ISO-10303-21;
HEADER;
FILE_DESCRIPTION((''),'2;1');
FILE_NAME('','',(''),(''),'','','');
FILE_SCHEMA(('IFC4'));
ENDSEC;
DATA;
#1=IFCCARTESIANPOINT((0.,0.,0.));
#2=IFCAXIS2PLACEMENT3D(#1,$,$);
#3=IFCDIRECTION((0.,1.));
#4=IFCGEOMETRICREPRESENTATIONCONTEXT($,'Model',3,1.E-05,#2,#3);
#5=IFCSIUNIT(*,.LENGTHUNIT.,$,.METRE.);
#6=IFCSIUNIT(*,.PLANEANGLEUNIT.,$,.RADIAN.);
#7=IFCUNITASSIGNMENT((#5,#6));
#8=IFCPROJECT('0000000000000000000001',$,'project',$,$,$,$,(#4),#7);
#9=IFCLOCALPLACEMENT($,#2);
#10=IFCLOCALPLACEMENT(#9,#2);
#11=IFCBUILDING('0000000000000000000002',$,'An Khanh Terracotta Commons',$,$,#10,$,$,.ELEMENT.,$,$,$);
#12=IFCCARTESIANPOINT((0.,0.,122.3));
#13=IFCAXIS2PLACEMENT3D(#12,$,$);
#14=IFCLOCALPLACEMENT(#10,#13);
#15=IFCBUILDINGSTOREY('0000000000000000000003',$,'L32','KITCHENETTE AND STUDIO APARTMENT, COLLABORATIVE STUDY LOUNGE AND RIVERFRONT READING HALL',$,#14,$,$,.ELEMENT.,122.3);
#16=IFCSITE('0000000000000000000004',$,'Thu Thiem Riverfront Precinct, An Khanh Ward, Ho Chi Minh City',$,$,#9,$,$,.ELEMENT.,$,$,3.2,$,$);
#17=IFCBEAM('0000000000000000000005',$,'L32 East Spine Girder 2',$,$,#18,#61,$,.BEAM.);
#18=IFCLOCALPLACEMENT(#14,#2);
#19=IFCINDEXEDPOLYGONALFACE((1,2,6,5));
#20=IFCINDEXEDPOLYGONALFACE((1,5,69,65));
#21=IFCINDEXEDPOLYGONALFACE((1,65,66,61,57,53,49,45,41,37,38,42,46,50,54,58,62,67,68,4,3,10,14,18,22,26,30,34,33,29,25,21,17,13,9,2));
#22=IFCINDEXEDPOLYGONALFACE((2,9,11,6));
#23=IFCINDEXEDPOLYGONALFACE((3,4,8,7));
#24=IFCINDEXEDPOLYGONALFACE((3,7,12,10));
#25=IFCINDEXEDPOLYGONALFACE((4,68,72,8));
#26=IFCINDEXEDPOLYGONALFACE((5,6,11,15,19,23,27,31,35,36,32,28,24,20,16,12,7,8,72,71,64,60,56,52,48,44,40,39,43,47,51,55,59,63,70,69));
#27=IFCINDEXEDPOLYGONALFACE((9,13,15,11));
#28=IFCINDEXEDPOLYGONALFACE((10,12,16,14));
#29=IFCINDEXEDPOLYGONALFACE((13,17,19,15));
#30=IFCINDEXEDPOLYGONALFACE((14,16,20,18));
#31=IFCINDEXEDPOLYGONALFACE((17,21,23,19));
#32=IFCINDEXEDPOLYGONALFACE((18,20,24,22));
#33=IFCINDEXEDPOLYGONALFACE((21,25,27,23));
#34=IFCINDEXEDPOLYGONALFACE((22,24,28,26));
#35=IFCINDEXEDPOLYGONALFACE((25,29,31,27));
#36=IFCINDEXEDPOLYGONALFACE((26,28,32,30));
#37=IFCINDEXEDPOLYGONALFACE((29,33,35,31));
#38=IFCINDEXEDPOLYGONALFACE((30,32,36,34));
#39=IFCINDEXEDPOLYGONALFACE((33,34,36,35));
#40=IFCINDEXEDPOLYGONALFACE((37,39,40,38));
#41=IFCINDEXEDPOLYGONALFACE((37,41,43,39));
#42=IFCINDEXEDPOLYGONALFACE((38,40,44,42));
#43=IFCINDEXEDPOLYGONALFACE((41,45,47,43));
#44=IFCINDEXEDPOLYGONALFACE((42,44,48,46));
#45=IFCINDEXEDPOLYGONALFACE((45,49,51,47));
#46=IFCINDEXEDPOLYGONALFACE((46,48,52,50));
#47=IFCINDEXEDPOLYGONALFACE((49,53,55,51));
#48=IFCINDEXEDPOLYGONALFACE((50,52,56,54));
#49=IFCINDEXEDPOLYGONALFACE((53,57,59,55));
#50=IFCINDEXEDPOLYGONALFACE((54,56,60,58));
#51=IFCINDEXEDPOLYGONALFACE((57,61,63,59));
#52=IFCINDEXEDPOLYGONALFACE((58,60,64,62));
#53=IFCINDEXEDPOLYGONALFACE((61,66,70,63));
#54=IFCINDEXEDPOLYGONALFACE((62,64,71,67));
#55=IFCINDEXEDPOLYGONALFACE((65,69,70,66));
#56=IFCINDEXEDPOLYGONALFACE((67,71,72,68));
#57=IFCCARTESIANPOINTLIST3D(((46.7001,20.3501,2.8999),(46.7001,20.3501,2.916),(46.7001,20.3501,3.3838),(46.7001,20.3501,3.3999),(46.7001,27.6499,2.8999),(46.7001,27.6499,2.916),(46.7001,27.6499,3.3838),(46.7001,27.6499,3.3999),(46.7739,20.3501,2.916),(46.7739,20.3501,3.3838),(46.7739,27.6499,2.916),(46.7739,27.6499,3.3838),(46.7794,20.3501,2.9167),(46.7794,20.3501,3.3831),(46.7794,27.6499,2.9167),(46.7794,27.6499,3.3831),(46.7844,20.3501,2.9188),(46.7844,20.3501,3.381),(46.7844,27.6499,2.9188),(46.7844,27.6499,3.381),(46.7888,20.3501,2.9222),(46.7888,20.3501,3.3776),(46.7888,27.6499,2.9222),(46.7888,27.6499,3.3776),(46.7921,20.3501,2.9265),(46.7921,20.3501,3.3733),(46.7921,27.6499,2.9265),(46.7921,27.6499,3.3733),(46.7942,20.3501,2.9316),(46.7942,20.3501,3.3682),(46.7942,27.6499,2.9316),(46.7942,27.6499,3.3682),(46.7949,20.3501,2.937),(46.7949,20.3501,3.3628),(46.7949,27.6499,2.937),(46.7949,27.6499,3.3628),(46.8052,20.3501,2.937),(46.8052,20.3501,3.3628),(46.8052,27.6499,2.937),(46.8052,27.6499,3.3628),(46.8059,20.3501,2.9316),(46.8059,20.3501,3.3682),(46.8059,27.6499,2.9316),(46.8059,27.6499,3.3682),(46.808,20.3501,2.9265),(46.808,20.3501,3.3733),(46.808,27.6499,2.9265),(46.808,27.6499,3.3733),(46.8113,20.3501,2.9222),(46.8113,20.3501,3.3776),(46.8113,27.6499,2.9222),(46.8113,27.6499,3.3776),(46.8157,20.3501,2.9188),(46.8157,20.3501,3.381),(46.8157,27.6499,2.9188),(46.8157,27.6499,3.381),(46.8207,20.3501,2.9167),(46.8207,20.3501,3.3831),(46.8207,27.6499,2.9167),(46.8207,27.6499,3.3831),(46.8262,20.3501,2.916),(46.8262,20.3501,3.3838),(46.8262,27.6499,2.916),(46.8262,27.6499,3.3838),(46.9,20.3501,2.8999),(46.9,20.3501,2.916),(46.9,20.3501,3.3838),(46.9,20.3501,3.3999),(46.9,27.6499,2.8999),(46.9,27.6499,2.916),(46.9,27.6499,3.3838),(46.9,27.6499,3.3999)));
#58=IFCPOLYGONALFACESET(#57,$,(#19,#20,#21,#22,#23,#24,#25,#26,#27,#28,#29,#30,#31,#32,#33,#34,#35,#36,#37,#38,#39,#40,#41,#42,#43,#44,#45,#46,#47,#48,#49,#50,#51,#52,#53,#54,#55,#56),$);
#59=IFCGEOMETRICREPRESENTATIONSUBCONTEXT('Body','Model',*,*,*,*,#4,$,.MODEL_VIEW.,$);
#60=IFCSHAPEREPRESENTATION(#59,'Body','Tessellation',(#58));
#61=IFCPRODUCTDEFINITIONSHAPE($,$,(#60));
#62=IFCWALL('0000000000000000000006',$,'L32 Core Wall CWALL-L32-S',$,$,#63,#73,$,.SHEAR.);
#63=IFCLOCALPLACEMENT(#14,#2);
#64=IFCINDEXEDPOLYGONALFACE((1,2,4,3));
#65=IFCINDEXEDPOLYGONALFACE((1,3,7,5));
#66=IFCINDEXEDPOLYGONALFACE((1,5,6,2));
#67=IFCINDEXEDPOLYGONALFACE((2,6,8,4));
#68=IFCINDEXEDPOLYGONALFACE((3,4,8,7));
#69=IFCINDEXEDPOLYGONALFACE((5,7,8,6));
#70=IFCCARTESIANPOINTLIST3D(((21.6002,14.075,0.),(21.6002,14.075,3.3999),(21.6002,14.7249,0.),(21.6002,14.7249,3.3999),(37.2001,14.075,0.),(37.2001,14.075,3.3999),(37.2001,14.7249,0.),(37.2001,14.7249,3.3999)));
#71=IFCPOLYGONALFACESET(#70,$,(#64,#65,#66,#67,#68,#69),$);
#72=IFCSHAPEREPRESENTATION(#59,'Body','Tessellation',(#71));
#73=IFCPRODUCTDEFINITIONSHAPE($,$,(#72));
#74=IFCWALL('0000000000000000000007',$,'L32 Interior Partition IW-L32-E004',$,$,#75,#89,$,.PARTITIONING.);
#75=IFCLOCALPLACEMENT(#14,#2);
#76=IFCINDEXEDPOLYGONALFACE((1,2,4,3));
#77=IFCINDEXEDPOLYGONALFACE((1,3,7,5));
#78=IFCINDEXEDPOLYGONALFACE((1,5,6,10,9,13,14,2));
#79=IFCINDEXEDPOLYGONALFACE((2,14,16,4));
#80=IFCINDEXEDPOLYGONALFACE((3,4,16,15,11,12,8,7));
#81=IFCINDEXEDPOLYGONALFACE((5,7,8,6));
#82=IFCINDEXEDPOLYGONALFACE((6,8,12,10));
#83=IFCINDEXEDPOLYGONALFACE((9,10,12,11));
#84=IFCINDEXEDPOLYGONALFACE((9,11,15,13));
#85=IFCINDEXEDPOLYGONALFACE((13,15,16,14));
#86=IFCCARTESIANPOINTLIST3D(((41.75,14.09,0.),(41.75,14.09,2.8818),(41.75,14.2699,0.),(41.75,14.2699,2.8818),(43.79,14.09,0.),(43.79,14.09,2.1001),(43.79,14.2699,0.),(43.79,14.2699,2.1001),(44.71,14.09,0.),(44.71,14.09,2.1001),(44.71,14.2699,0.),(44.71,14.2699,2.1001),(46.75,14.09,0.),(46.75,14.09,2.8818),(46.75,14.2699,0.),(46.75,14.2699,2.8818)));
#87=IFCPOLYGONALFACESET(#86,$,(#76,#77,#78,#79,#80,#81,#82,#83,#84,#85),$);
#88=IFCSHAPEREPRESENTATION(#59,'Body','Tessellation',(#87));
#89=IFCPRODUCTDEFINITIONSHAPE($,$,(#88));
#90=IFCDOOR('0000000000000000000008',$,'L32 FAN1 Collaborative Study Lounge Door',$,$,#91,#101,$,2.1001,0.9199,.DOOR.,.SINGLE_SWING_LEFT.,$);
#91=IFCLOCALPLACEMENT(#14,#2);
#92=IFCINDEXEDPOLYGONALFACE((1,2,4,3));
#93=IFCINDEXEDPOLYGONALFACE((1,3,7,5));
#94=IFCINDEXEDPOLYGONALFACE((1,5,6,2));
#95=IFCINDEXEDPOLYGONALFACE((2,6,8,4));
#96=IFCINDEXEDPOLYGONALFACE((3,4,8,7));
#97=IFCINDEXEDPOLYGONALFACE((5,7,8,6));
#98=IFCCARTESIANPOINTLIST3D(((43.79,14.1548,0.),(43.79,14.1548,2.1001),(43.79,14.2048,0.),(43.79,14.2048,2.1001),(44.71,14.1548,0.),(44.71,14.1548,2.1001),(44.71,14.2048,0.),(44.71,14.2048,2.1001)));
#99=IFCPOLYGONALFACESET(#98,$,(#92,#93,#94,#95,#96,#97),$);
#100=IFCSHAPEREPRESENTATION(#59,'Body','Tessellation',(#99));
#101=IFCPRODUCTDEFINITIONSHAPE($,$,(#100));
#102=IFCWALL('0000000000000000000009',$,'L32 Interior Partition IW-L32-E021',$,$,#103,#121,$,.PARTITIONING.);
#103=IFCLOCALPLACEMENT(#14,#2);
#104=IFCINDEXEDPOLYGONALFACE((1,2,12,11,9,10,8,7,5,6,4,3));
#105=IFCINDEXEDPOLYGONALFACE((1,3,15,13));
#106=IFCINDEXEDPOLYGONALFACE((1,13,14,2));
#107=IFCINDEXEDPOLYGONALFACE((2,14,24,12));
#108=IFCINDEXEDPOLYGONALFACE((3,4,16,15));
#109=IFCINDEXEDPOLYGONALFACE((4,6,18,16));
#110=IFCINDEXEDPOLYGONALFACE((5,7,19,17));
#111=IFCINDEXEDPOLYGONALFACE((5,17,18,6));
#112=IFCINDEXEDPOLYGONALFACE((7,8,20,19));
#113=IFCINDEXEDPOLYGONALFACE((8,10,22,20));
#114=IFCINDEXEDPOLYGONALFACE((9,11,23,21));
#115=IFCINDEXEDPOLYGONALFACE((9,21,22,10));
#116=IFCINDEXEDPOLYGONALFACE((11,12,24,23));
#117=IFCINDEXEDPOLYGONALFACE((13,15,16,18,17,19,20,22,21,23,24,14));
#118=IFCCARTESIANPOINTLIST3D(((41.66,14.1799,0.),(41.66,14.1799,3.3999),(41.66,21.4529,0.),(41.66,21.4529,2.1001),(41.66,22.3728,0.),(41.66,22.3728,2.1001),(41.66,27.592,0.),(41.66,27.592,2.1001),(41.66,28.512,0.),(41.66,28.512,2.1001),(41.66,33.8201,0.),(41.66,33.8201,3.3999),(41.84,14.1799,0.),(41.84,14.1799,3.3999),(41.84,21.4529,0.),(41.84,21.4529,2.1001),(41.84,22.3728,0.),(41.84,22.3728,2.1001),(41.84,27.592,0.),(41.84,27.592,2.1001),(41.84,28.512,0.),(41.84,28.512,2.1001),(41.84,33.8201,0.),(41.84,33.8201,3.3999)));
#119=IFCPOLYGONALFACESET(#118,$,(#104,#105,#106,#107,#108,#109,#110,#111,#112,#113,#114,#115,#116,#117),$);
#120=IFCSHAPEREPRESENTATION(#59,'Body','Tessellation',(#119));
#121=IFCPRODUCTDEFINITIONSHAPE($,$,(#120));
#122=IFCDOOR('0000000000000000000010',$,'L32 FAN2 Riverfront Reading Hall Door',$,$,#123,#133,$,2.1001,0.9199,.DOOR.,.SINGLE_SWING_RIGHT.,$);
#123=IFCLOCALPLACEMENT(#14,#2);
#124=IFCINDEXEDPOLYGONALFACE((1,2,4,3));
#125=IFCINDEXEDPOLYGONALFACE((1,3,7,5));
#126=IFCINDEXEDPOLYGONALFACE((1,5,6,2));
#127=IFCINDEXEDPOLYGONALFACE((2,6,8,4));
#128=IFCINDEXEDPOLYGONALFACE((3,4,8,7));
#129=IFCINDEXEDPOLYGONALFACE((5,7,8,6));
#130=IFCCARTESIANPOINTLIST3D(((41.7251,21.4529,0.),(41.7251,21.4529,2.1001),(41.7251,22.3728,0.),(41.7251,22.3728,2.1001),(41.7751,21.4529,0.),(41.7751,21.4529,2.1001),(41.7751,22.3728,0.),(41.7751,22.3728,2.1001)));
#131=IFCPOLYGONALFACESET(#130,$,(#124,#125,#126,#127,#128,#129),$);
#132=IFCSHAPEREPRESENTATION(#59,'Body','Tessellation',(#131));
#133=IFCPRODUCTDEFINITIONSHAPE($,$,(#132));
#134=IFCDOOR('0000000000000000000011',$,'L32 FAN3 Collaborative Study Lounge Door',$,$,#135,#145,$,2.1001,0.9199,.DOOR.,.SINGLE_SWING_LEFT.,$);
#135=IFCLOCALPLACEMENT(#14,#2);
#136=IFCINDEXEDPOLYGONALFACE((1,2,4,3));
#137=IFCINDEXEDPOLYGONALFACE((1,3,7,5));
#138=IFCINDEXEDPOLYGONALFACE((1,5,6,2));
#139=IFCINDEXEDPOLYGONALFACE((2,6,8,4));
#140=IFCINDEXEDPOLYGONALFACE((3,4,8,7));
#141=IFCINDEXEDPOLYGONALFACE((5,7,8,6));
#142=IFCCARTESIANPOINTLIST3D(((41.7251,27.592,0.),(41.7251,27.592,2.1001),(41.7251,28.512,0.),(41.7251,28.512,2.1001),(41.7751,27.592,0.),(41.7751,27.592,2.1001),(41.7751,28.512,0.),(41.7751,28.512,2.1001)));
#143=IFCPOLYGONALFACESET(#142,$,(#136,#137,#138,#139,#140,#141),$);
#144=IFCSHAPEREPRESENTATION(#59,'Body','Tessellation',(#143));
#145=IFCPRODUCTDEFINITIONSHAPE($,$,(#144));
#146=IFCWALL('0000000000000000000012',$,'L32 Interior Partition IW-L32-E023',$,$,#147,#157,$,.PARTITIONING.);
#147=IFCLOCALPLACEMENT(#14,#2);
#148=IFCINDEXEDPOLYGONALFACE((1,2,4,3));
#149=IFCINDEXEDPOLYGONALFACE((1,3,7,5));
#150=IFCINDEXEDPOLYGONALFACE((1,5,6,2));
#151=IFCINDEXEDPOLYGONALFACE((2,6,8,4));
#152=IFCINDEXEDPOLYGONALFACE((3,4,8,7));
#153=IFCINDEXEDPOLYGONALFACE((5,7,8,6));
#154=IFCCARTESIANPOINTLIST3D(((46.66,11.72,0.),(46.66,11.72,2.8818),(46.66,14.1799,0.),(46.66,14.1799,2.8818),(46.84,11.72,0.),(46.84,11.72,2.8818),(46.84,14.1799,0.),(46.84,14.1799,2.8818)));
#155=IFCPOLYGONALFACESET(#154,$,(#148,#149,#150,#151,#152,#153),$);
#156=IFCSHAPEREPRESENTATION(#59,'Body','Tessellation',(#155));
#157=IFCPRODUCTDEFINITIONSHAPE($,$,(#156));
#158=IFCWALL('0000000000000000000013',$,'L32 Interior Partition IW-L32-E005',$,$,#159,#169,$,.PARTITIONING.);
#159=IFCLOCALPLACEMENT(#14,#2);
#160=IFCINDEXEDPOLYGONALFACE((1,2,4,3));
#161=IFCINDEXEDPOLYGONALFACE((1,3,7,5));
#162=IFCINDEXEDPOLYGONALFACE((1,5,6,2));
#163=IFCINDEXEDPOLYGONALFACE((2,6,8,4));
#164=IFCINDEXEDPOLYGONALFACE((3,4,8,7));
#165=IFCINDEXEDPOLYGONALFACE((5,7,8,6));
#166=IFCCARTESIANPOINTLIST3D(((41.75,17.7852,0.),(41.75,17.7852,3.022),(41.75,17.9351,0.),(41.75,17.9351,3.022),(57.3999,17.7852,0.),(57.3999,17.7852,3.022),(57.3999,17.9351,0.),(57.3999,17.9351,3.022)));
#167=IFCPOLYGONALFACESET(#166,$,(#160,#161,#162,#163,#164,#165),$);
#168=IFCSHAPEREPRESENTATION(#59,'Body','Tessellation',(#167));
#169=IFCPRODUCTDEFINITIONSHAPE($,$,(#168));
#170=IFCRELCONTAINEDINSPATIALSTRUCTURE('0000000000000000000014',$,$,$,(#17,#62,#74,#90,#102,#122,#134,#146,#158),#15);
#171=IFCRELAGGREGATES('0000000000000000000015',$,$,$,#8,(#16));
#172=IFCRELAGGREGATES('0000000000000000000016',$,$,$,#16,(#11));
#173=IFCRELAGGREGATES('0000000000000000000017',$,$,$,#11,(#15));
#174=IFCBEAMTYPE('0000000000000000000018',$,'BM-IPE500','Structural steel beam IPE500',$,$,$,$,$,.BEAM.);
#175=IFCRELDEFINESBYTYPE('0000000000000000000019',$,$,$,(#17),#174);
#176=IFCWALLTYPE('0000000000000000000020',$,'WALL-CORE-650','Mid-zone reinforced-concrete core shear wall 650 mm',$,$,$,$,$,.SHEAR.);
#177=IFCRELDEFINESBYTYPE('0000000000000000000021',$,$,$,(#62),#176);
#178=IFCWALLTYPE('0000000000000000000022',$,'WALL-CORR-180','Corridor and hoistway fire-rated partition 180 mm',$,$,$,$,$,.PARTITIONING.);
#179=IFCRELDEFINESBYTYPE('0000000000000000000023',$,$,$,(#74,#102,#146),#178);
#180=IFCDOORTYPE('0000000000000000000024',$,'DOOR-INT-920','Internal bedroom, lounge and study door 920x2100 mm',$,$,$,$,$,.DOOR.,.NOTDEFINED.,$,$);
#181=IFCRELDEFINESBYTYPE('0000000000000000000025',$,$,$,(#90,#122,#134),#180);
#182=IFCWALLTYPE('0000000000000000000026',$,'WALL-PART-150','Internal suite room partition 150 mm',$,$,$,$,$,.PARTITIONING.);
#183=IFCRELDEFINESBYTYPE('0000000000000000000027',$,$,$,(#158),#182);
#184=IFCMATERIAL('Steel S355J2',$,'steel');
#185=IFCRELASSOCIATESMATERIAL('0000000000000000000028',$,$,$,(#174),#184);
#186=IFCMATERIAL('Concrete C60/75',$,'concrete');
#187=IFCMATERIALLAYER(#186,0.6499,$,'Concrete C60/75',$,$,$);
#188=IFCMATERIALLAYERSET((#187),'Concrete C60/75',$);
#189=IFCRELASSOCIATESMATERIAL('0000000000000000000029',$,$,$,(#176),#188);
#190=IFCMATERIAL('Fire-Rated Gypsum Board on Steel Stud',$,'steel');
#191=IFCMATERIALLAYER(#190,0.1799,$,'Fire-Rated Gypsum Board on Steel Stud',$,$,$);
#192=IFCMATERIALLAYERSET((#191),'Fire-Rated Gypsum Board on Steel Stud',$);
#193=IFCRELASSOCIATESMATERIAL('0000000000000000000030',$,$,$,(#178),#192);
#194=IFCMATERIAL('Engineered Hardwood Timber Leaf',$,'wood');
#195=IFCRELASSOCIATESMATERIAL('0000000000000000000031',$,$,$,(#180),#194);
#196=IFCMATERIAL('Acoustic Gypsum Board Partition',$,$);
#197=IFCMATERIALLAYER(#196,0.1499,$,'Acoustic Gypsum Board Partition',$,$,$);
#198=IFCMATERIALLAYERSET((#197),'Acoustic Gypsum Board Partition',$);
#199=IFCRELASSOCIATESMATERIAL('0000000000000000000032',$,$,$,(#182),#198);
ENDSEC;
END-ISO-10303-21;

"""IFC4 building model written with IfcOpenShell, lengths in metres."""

from ifc_helpers import new_model, si_unit, direction, frame, frame_2d, origin, origin_2d, place, context, subcontext, project, spatial, rectangle, i_section, extrude, material, layer, layer_set, material_profile, profile_set, type_object, element, fill, save


model = new_model("IFC4")

# Units and contexts
model_context = context("Model", 3, precision=1e-05, world=origin(), true_north=direction((0.0, 1.0)))
body_context = subcontext(model_context, "Body", "Model", "MODEL_VIEW")
ifc_project = project(units=[si_unit("LENGTHUNIT", "METRE"), si_unit("PLANEANGLEUNIT", "RADIAN")], contexts=[model_context])

# Site, building, storey
site_placement = place(None, origin())
site = spatial("IfcSite", under=ifc_project, at=site_placement, Name="Thu Thiem Riverfront Precinct, An Khanh Ward, Ho Chi Minh City", CompositionType="ELEMENT", RefElevation=3.2)
building_placement = place(site_placement, origin())
building = spatial("IfcBuilding", under=site, at=building_placement, Name="An Khanh Terracotta Commons", CompositionType="ELEMENT")
storey_placement = place(building_placement, frame((0.0, 0.0, 122.3)))
storey = spatial("IfcBuildingStorey", under=building, at=storey_placement, Name="L32", Description="KITCHENETTE AND STUDIO APARTMENT, COLLABORATIVE STUDY LOUNGE AND RIVERFRONT READING HALL", CompositionType="ELEMENT", Elevation=122.3)

# Beam
ifc_material_1 = material(Name="Steel S355J2", Category="steel")
ifc_material_profile_1 = material_profile(ifc_material_1, i_section(OverallWidth=0.2, OverallDepth=0.5, WebThickness=0.0103, FlangeThickness=0.0161, FilletRadius=0.021, at=origin_2d()), Name="IPE500")
ifc_profile_set_1 = profile_set([ifc_material_profile_1], Name="Steel S355J2")
beam_type_1 = type_object("IfcBeamType", Name="BM-IPE500", Description="Structural steel beam IPE500", PredefinedType="BEAM", material=ifc_profile_set_1)
beam_1_placement = place(storey_placement, frame((46.8, 20.3501, 3.1499), z_axis=(0.0, 1.0, 0.0), x_axis=(-1.0, 0.0, 0.0)))
element("IfcBeam", 1, at=beam_1_placement, inside=storey, type_object=beam_type_1, Name="L32 East Spine Girder 2", PredefinedType="BEAM", context=body_context, shape_type="SweptSolid", body=[
    extrude(i_section(OverallWidth=0.2, OverallDepth=0.5, WebThickness=0.0103, FlangeThickness=0.0161, FilletRadius=0.021, at=origin_2d()), origin(), (0.0, 0.0, 1.0), 7.2998),
])

# Wall
ifc_material_2 = material(Name="Concrete C60/75", Category="concrete")
ifc_layer_1 = layer(ifc_material_2, 0.6499, Name="Concrete C60/75")
ifc_layer_set_1 = layer_set([ifc_layer_1], Name="Concrete C60/75")
wall_type_1 = type_object("IfcWallType", Name="WALL-CORE-650", Description="Mid-zone reinforced-concrete core shear wall 650 mm", PredefinedType="SHEAR", material=ifc_layer_set_1)
wall_1_placement = place(storey_placement, frame((37.2, 14.3999, 0.0), z_axis=(0.0, 0.0, 1.0), x_axis=(-1.0, 0.0, 0.0)))
element("IfcWall", 2, at=wall_1_placement, inside=storey, type_object=wall_type_1, Name="L32 Core Wall CWALL-L32-S", PredefinedType="SHEAR", context=body_context, shape_type="SweptSolid", body=[
    extrude(rectangle(XDim=15.5999, YDim=0.6499, at=frame_2d((7.7998, 0.0))), origin(), (0.0, 0.0, 1.0), 3.3999),
])

# Wall, opening, door
ifc_material_3 = material(Name="Fire-Rated Gypsum Board on Steel Stud", Category="steel")
ifc_layer_2 = layer(ifc_material_3, 0.1799, Name="Fire-Rated Gypsum Board on Steel Stud")
ifc_layer_set_2 = layer_set([ifc_layer_2], Name="Fire-Rated Gypsum Board on Steel Stud")
wall_type_2 = type_object("IfcWallType", Name="WALL-CORR-180", Description="Corridor and hoistway fire-rated partition 180 mm", PredefinedType="PARTITIONING", material=ifc_layer_set_2)
wall_2_placement = place(storey_placement, frame((41.75, 14.1799, 0.0), z_axis=(0.0, 0.0, 1.0), x_axis=(1.0, 0.0, 0.0)))
wall_2 = element("IfcWall", 3, at=wall_2_placement, inside=storey, type_object=wall_type_2, Name="L32 Interior Partition IW-L32-E004", PredefinedType="PARTITIONING", context=body_context, shape_type="SweptSolid", body=[
    extrude(rectangle(XDim=5.0, YDim=0.1799, at=frame_2d((2.5, 0.0))), origin(), (0.0, 0.0, 1.0), 2.8818),
])
opening_1_placement = place(wall_2_placement, frame((2.04, 0.0, 0.0)))
opening_1 = element("IfcOpeningElement", 4, at=opening_1_placement, cuts=wall_2, PredefinedType="OPENING", context=body_context, shape_type="SweptSolid", body=[
    extrude(rectangle(XDim=0.9199, YDim=2.1001, at=frame_2d((0.46, 1.05))), frame((0.0, 0.0999, 0.0), z_axis=(0.0, -1.0, 0.0), x_axis=(1.0, 0.0, 0.0)), (0.0, 0.0, 1.0), 0.2),
])
ifc_material_4 = material(Name="Engineered Hardwood Timber Leaf", Category="wood")
door_type_1 = type_object("IfcDoorType", Name="DOOR-INT-920", Description="Internal bedroom, lounge and study door 920x2100 mm", OperationType="NOTDEFINED", PredefinedType="DOOR", material=ifc_material_4)
door_1_placement = place(opening_1_placement, origin())
door_1 = element("IfcDoor", 5, at=door_1_placement, inside=storey, type_object=door_type_1, Name="L32 FAN1 Collaborative Study Lounge Door", OperationType="SINGLE_SWING_LEFT", OverallHeight=2.1001, OverallWidth=0.9199, PredefinedType="DOOR", context=body_context, shape_type="SweptSolid", body=[
    extrude(rectangle(XDim=0.9199, YDim=2.1001, at=frame_2d((0.46, 1.05))), frame((0.0, 0.0249, 0.0), z_axis=(0.0, -1.0, 0.0), x_axis=(1.0, 0.0, 0.0)), (0.0, 0.0, 1.0), 0.05),
])
fill(opening_1, door_1)

# Wall, openings, doors
wall_3_placement = place(storey_placement, frame((41.75, 14.1799, 0.0), z_axis=(0.0, 0.0, 1.0), x_axis=(0.0, 1.0, 0.0)))
wall_3 = element("IfcWall", 6, at=wall_3_placement, inside=storey, type_object=wall_type_2, Name="L32 Interior Partition IW-L32-E021", PredefinedType="PARTITIONING", context=body_context, shape_type="SweptSolid", body=[
    extrude(rectangle(XDim=19.6401, YDim=0.1799, at=frame_2d((9.8201, 0.0))), origin(), (0.0, 0.0, 1.0), 3.3999),
])
opening_2_placement = place(wall_3_placement, frame((7.2729, 0.0, 0.0)))
opening_2 = element("IfcOpeningElement", 7, at=opening_2_placement, cuts=wall_3, PredefinedType="OPENING", context=body_context, shape_type="SweptSolid", body=[
    extrude(rectangle(XDim=0.9199, YDim=2.1001, at=frame_2d((0.46, 1.05))), frame((0.0, 0.0999, 0.0), z_axis=(0.0, -1.0, 0.0), x_axis=(1.0, 0.0, 0.0)), (0.0, 0.0, 1.0), 0.2),
])
opening_3_placement = place(wall_3_placement, frame((13.4121, 0.0, 0.0)))
opening_3 = element("IfcOpeningElement", 8, at=opening_3_placement, cuts=wall_3, PredefinedType="OPENING", context=body_context, shape_type="SweptSolid", body=[
    extrude(rectangle(XDim=0.9199, YDim=2.1001, at=frame_2d((0.46, 1.05))), frame((0.0, 0.0999, 0.0), z_axis=(0.0, -1.0, 0.0), x_axis=(1.0, 0.0, 0.0)), (0.0, 0.0, 1.0), 0.2),
])
door_2_placement = place(opening_2_placement, origin())
door_2 = element("IfcDoor", 9, at=door_2_placement, inside=storey, type_object=door_type_1, Name="L32 FAN2 Riverfront Reading Hall Door", OperationType="SINGLE_SWING_RIGHT", OverallHeight=2.1001, OverallWidth=0.9199, PredefinedType="DOOR", context=body_context, shape_type="SweptSolid", body=[
    extrude(rectangle(XDim=0.9199, YDim=2.1001, at=frame_2d((0.46, 1.05))), frame((0.0, 0.0249, 0.0), z_axis=(0.0, -1.0, 0.0), x_axis=(1.0, 0.0, 0.0)), (0.0, 0.0, 1.0), 0.05),
])
fill(opening_2, door_2)
door_3_placement = place(opening_3_placement, origin())
door_3 = element("IfcDoor", 10, at=door_3_placement, inside=storey, type_object=door_type_1, Name="L32 FAN3 Collaborative Study Lounge Door", OperationType="SINGLE_SWING_LEFT", OverallHeight=2.1001, OverallWidth=0.9199, PredefinedType="DOOR", context=body_context, shape_type="SweptSolid", body=[
    extrude(rectangle(XDim=0.9199, YDim=2.1001, at=frame_2d((0.46, 1.05))), frame((0.0, 0.0249, 0.0), z_axis=(0.0, -1.0, 0.0), x_axis=(1.0, 0.0, 0.0)), (0.0, 0.0, 1.0), 0.05),
])
fill(opening_3, door_3)

# Walls
wall_4_placement = place(storey_placement, frame((46.75, 11.72, 0.0), z_axis=(0.0, 0.0, 1.0), x_axis=(0.0, 1.0, 0.0)))
element("IfcWall", 11, at=wall_4_placement, inside=storey, type_object=wall_type_2, Name="L32 Interior Partition IW-L32-E023", PredefinedType="PARTITIONING", context=body_context, shape_type="SweptSolid", body=[
    extrude(rectangle(XDim=2.46, YDim=0.1799, at=frame_2d((1.23, 0.0))), origin(), (0.0, 0.0, 1.0), 2.8818),
])
ifc_material_5 = material(Name="Acoustic Gypsum Board Partition")
ifc_layer_3 = layer(ifc_material_5, 0.1499, Name="Acoustic Gypsum Board Partition")
ifc_layer_set_3 = layer_set([ifc_layer_3], Name="Acoustic Gypsum Board Partition")
wall_type_3 = type_object("IfcWallType", Name="WALL-PART-150", Description="Internal suite room partition 150 mm", PredefinedType="PARTITIONING", material=ifc_layer_set_3)
wall_5_placement = place(storey_placement, frame((41.75, 17.8601, 0.0), z_axis=(0.0, 0.0, 1.0), x_axis=(1.0, 0.0, 0.0)))
element("IfcWall", 12, at=wall_5_placement, inside=storey, type_object=wall_type_3, Name="L32 Interior Partition IW-L32-E005", PredefinedType="PARTITIONING", context=body_context, shape_type="SweptSolid", body=[
    extrude(rectangle(XDim=15.6499, YDim=0.1499, at=frame_2d((7.825, 0.0))), origin(), (0.0, 0.0, 1.0), 3.022),
])

save(model, "model.ifc")
